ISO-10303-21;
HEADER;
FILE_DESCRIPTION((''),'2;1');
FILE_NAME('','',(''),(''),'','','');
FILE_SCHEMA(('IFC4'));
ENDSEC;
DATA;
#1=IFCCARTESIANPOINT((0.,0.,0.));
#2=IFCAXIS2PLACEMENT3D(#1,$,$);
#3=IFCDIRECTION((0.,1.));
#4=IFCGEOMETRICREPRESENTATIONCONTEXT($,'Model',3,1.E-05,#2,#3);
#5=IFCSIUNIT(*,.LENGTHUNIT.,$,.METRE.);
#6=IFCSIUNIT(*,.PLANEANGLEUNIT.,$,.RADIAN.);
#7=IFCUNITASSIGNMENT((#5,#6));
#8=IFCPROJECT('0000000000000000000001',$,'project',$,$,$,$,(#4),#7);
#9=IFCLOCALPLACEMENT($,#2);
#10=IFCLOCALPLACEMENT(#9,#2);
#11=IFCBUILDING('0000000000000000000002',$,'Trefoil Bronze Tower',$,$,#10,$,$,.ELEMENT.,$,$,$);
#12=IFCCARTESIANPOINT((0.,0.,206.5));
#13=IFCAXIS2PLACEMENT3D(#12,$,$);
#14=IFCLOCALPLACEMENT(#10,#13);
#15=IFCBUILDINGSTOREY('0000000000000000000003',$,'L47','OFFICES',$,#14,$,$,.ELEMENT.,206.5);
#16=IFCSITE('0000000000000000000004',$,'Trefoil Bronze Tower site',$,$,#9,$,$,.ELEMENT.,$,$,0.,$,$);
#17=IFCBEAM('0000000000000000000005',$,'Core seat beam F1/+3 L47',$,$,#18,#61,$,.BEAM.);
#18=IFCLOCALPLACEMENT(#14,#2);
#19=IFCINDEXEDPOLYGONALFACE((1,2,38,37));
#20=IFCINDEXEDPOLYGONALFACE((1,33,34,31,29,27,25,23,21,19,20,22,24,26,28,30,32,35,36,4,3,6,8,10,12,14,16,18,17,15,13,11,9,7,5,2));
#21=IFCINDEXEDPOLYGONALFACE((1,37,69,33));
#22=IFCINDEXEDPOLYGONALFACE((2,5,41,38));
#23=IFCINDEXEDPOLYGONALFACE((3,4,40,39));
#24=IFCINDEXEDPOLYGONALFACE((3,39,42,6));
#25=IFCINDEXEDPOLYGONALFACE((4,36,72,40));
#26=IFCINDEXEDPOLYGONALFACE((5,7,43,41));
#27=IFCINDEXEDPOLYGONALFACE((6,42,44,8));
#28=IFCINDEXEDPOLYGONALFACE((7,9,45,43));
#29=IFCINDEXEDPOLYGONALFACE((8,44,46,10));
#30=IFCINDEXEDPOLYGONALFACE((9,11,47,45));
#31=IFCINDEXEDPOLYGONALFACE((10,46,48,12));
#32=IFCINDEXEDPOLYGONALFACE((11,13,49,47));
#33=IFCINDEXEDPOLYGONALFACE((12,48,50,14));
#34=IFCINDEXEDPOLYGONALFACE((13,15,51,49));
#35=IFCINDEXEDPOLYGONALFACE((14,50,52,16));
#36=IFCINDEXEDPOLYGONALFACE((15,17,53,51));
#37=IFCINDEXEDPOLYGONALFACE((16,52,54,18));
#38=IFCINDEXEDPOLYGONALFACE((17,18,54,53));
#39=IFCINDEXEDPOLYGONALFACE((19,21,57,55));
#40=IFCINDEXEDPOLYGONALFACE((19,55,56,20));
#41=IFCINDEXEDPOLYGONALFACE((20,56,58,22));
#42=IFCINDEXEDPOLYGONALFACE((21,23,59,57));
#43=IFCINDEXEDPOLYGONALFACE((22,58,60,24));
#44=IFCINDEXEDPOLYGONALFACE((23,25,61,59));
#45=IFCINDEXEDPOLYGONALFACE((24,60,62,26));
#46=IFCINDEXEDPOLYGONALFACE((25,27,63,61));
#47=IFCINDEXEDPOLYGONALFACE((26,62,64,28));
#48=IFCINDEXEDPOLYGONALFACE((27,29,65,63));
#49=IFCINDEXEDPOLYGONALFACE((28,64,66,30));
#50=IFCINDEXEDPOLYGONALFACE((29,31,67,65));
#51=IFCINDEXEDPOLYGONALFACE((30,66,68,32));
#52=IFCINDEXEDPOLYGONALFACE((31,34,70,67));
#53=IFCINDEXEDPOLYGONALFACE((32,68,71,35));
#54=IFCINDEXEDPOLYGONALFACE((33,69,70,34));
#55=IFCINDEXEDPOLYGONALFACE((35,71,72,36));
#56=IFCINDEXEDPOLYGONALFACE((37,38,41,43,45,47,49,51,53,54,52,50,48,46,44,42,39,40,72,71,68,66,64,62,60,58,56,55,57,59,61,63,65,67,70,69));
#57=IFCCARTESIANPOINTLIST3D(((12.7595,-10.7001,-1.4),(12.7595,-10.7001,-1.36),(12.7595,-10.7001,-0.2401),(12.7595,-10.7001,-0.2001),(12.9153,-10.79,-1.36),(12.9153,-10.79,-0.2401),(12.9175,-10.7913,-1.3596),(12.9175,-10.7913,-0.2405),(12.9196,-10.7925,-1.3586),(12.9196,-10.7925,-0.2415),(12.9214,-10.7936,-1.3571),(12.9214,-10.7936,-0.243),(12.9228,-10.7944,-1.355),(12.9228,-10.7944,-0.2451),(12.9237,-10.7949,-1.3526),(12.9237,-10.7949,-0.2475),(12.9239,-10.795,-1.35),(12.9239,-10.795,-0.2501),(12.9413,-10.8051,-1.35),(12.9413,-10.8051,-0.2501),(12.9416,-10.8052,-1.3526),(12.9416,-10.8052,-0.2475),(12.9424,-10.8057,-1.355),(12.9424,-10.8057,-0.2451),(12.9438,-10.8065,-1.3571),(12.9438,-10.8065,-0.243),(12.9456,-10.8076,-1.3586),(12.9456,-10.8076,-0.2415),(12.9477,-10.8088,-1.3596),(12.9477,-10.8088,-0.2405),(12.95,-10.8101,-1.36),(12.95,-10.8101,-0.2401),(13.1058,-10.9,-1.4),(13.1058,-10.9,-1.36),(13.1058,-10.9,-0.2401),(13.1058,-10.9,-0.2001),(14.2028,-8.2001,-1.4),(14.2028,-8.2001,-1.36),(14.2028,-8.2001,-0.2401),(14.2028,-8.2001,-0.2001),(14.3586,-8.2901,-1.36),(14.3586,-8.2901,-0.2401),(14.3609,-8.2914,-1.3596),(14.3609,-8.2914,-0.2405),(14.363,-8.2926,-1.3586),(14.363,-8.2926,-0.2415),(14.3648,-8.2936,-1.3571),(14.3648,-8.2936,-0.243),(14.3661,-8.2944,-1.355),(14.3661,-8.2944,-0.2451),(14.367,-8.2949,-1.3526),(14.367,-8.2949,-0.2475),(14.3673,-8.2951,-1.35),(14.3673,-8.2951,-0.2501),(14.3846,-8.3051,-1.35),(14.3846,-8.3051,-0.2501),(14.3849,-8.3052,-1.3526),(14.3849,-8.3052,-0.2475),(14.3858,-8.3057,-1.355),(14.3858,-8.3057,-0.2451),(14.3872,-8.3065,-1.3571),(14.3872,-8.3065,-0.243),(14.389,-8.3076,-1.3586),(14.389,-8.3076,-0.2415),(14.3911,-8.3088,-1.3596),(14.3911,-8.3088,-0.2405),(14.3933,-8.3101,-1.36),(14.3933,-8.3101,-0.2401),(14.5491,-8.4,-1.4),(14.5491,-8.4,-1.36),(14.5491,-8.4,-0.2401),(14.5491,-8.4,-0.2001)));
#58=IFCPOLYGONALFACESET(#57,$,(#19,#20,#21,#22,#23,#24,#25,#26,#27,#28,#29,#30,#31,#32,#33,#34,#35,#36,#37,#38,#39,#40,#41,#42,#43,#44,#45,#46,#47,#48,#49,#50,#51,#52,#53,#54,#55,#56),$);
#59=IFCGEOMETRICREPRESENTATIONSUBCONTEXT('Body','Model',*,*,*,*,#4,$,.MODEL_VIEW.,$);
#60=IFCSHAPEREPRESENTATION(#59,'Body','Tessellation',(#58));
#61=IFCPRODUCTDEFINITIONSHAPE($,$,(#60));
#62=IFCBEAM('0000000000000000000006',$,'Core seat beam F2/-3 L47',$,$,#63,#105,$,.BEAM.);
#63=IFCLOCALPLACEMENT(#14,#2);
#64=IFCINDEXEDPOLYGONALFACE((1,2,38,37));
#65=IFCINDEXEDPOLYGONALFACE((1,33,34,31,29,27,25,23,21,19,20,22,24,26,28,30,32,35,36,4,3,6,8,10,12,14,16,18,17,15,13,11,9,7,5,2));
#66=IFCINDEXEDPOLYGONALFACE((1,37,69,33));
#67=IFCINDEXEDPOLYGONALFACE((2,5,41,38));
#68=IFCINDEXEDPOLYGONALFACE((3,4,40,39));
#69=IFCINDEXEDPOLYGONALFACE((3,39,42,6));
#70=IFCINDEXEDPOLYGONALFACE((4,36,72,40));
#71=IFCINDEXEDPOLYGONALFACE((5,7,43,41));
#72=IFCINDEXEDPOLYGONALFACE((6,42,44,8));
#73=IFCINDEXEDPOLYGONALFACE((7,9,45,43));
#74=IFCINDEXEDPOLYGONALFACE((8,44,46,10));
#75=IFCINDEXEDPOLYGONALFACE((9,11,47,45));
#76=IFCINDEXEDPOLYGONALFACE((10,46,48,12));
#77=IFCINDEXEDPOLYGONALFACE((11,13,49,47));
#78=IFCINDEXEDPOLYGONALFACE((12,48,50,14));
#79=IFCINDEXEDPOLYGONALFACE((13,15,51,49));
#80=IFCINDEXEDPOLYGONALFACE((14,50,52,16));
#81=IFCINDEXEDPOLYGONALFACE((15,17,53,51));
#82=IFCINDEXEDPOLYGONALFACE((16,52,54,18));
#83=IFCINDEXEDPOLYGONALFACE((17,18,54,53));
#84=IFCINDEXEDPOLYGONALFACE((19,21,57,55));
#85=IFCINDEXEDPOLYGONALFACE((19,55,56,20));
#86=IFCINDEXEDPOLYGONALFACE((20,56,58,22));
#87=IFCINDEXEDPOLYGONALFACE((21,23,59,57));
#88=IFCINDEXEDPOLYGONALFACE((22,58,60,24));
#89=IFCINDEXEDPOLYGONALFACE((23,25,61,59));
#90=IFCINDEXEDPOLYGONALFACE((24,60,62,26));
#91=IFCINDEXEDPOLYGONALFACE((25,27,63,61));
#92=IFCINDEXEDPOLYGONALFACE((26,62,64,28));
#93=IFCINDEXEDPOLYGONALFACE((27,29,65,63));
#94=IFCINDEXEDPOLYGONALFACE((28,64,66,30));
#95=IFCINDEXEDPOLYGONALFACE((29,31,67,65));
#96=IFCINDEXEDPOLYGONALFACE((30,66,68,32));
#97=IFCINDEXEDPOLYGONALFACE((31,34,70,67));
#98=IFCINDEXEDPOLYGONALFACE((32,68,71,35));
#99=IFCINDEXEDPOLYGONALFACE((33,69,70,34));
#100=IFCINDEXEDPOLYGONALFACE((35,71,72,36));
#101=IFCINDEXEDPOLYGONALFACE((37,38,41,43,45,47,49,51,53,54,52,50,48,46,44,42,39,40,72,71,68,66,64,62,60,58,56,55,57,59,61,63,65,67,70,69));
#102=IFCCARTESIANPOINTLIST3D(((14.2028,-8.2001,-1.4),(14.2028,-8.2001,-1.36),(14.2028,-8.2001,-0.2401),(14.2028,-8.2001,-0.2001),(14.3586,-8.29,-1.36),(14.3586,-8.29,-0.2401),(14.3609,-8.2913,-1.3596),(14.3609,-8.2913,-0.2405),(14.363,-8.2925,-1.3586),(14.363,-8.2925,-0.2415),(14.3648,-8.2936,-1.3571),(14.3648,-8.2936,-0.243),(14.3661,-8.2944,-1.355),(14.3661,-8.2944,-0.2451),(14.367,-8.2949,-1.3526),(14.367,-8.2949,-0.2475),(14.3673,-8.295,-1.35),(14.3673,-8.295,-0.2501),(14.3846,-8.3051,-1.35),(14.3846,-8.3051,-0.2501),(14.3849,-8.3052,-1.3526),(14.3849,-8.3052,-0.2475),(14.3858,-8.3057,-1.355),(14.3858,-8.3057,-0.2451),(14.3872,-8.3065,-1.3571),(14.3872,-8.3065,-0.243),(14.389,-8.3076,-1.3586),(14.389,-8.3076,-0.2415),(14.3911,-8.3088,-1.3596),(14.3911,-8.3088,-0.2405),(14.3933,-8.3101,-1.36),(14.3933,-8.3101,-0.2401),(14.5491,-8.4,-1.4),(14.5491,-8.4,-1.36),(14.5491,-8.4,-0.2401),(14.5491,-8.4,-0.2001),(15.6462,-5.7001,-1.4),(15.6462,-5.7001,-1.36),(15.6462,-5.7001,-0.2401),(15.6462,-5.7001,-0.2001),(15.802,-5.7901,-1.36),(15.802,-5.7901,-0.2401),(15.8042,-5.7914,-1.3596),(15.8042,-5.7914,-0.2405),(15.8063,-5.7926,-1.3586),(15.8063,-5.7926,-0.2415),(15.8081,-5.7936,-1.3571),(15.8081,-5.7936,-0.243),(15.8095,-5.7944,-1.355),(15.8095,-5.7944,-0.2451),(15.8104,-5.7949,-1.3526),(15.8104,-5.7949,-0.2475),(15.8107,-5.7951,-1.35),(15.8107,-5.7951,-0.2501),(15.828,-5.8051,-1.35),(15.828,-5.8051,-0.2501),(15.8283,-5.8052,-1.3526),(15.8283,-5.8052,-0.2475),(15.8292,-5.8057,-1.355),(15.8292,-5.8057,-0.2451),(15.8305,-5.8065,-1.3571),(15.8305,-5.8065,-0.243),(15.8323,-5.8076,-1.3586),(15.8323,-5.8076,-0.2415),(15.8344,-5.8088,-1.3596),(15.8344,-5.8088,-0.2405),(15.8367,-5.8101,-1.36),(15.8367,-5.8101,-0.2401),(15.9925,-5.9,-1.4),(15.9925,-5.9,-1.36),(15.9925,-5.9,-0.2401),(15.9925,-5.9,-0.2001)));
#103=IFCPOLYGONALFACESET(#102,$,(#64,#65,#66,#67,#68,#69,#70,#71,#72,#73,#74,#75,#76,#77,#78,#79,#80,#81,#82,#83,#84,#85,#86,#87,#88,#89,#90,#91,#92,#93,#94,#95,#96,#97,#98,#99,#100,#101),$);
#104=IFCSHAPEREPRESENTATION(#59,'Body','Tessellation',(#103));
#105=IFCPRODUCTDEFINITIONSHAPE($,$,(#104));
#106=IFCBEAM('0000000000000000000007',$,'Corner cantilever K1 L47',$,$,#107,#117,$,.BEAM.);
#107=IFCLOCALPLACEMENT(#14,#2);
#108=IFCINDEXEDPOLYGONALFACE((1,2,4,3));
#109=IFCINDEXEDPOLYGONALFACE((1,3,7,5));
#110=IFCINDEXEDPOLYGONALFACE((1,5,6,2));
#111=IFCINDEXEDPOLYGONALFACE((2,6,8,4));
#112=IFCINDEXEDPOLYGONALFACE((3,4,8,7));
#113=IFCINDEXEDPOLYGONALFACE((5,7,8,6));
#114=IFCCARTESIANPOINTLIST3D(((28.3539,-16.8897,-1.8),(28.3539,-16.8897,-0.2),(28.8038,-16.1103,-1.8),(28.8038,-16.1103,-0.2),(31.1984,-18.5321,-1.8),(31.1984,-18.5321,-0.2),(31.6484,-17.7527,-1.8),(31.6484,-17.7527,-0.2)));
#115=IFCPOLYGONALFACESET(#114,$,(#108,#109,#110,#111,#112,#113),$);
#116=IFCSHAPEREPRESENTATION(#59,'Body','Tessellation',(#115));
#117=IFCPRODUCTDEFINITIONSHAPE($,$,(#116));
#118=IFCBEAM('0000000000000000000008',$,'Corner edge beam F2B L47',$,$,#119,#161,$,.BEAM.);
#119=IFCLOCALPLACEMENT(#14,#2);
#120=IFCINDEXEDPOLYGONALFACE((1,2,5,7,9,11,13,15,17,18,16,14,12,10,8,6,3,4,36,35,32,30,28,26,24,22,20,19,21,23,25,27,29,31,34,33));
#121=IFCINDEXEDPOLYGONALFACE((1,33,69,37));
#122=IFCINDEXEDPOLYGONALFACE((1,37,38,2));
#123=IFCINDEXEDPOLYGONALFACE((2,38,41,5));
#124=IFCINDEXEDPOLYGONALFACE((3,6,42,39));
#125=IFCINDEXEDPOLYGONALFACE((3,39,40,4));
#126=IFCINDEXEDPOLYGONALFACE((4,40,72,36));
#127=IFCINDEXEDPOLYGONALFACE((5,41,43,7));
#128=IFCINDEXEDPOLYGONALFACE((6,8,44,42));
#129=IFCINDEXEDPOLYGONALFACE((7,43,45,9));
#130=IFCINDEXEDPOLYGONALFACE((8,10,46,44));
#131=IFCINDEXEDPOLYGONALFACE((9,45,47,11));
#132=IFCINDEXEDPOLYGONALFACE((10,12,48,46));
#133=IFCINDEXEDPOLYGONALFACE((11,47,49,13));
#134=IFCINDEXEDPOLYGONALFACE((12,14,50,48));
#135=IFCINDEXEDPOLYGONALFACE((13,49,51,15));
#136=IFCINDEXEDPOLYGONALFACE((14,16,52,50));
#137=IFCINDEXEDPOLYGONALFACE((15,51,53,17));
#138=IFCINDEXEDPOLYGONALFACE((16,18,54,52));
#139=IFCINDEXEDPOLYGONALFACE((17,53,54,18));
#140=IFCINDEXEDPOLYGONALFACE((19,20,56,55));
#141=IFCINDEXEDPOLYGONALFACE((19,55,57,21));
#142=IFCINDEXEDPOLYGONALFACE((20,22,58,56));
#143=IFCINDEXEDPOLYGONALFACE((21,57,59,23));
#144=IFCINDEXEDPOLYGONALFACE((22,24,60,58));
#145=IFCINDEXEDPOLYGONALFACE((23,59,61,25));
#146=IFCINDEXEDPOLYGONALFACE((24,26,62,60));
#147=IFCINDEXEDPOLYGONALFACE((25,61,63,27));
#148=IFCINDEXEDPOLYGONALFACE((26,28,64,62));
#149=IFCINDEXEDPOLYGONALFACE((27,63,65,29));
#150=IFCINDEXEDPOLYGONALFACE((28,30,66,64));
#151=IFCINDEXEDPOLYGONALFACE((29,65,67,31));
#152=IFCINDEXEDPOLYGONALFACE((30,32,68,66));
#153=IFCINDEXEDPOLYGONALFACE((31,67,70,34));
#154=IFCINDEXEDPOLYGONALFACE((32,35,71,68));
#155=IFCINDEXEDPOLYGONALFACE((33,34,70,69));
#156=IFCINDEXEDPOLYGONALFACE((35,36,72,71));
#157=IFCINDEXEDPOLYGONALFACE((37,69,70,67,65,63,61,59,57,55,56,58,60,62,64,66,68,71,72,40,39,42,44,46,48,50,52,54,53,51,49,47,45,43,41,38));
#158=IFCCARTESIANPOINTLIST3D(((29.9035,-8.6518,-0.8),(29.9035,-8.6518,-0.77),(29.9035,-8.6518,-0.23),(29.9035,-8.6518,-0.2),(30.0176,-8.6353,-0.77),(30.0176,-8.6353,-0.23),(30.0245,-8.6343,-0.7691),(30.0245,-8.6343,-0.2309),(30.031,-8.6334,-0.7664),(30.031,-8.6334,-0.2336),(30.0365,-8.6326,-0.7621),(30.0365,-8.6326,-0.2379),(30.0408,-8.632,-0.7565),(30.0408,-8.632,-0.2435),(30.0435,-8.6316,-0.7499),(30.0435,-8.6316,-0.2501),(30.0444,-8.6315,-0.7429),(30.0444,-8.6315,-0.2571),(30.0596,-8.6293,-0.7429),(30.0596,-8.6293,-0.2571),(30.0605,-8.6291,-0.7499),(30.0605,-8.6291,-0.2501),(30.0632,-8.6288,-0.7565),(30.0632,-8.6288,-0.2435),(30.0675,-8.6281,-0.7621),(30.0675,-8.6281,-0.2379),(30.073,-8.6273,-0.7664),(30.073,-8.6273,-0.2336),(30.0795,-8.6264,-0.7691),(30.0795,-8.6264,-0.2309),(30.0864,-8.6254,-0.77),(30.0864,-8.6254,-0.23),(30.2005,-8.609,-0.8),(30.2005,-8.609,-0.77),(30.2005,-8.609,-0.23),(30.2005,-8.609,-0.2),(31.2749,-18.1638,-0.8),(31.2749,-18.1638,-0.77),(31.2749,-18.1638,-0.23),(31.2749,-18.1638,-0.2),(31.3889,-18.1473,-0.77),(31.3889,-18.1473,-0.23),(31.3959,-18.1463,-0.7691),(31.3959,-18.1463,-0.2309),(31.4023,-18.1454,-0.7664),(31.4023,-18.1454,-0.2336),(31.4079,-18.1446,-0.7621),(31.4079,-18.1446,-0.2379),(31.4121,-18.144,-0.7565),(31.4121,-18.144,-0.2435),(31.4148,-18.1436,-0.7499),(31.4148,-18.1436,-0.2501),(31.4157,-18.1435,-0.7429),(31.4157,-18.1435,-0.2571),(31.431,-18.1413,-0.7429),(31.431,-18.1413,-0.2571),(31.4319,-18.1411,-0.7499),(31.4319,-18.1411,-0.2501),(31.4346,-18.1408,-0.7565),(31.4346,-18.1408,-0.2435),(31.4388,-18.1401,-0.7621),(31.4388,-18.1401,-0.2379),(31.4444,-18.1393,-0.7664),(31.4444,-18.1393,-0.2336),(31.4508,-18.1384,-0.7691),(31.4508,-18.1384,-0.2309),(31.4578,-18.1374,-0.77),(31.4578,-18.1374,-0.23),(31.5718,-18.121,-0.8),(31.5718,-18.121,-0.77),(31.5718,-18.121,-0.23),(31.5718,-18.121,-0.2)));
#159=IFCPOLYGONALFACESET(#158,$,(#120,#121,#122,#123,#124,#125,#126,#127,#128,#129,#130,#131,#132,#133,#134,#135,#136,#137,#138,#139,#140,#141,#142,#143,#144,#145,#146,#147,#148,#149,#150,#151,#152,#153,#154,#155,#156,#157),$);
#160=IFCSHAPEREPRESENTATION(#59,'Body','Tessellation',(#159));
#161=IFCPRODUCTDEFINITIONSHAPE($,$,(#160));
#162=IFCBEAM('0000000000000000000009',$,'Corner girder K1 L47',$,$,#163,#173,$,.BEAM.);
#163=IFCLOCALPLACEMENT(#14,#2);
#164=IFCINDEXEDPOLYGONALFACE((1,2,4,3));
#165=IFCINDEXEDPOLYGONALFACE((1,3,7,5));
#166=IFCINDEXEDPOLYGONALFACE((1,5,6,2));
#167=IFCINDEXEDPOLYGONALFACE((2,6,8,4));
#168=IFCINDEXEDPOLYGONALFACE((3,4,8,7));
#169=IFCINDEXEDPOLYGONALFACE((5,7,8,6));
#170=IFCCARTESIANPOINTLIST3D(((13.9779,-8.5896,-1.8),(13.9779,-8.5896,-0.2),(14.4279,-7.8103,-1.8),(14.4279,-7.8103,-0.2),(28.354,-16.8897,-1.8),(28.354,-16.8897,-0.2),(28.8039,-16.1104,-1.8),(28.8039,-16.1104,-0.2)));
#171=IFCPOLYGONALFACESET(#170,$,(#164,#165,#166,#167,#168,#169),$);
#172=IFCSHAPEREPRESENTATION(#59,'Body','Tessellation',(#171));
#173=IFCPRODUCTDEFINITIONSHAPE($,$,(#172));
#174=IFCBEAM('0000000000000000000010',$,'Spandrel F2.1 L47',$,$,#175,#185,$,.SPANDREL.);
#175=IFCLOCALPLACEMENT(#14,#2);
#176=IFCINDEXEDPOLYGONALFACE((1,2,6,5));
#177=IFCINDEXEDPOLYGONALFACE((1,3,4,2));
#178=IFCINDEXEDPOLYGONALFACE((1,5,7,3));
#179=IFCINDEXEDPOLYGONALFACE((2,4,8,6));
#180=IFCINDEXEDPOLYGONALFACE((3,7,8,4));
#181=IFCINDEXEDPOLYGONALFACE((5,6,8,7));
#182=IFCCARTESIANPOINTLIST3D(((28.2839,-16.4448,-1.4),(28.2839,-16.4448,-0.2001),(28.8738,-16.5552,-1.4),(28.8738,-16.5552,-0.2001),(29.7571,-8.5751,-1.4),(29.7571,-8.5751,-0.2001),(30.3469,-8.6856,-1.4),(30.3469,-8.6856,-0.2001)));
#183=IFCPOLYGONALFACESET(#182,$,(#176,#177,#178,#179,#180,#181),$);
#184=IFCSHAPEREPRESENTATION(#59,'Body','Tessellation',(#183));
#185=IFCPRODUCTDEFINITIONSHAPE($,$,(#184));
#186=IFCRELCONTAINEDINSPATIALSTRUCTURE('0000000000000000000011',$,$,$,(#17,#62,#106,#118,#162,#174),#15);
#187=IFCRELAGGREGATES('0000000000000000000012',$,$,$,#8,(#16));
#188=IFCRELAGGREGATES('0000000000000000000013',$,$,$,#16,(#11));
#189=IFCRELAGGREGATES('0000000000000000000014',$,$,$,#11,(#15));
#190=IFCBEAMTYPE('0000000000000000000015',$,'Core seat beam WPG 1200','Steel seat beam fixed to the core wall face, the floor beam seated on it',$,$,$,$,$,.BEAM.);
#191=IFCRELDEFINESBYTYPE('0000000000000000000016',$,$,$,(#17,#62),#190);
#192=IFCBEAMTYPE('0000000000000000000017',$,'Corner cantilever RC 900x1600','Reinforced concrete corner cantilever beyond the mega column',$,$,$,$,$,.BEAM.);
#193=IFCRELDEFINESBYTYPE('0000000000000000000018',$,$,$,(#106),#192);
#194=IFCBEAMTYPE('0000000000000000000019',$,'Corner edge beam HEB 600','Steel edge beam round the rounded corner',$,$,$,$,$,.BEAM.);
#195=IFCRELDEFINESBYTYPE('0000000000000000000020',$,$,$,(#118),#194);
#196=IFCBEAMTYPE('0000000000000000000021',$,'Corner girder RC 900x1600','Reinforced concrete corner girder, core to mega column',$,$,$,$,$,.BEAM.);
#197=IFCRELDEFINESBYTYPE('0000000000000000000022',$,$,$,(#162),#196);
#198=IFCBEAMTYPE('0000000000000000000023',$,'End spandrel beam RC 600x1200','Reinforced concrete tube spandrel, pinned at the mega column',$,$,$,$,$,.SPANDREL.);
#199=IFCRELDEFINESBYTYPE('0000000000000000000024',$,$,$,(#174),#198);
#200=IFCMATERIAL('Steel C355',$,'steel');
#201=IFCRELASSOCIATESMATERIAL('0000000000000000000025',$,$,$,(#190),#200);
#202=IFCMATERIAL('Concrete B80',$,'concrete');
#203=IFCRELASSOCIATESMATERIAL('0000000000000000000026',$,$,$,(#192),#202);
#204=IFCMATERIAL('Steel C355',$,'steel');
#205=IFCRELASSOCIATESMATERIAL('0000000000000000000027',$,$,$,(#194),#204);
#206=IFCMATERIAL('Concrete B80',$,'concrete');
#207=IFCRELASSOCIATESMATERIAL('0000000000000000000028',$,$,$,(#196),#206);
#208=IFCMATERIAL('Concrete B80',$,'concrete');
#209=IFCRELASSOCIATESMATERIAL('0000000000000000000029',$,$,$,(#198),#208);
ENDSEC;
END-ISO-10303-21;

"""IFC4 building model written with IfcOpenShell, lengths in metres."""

from ifc_helpers import new_model, si_unit, direction, frame, origin, origin_2d, place, context, subcontext, project, spatial, rectangle, i_section, extrude, material, material_profile, profile_set, type_object, element, save


model = new_model("IFC4")

# Units and contexts
model_context = context("Model", 3, precision=1e-05, world=origin(), true_north=direction((0.0, 1.0)))
body_context = subcontext(model_context, "Body", "Model", "MODEL_VIEW")
ifc_project = project(units=[si_unit("LENGTHUNIT", "METRE"), si_unit("PLANEANGLEUNIT", "RADIAN")], contexts=[model_context])

# Site, building, storey
site_placement = place(None, origin())
site = spatial("IfcSite", under=ifc_project, at=site_placement, Name="Trefoil Bronze Tower site", CompositionType="ELEMENT", RefElevation=0.0)
building_placement = place(site_placement, origin())
building = spatial("IfcBuilding", under=site, at=building_placement, Name="Trefoil Bronze Tower", CompositionType="ELEMENT")
storey_placement = place(building_placement, frame((0.0, 0.0, 206.5)))
storey = spatial("IfcBuildingStorey", under=building, at=storey_placement, Name="L47", Description="OFFICES", CompositionType="ELEMENT", Elevation=206.5)

# Beams
ifc_material_1 = material(Name="Steel C355", Category="steel")
ifc_material_profile_1 = material_profile(ifc_material_1, i_section(OverallWidth=0.3999, OverallDepth=1.2, WebThickness=0.02, FlangeThickness=0.04, FilletRadius=0.01, at=origin_2d()), Name="WPG 1200")
ifc_profile_set_1 = profile_set([ifc_material_profile_1], Name="Steel C355")
beam_type_1 = type_object("IfcBeamType", Name="Core seat beam WPG 1200", Description="Steel seat beam fixed to the core wall face, the floor beam seated on it", PredefinedType="BEAM", material=ifc_profile_set_1)
for number, where, z_axis, x_axis, name in (
    (1, (12.9326, -10.8, -0.8), (0.499996, 0.866028, 0.0), (-0.866028, 0.499996, 0.0), "Core seat beam F1/+3 L47"),
    (2, (14.376, -8.3, -0.8), (0.499996, 0.866028, 0.0), (-0.866028, 0.499996, 0.0), "Core seat beam F2/-3 L47"),
):
    element("IfcBeam", number, at=place(storey_placement, frame(where, z_axis=z_axis, x_axis=x_axis)), inside=storey, type_object=beam_type_1, Name=name, PredefinedType="BEAM", context=body_context, shape_type="SweptSolid", body=[
        extrude(i_section(OverallWidth=0.3999, OverallDepth=1.2, WebThickness=0.02, FlangeThickness=0.04, FilletRadius=0.01, at=origin_2d()), origin(), (0.0, 0.0, 1.0), 2.8867),
    ])
ifc_material_2 = material(Name="Concrete B80", Category="concrete")
ifc_material_profile_2 = material_profile(ifc_material_2, rectangle(XDim=0.8999, YDim=1.6001, at=origin_2d()), Name="RC 900x1600")
ifc_profile_set_2 = profile_set([ifc_material_profile_2], Name="Concrete B80")
beam_type_2 = type_object("IfcBeamType", Name="Corner cantilever RC 900x1600", Description="Reinforced concrete corner cantilever beyond the mega column", PredefinedType="BEAM", material=ifc_profile_set_2)
beam_1_placement = place(storey_placement, frame((28.5789, -16.5, -1.0), z_axis=(0.866016, -0.500016, 0.0), x_axis=(0.500016, 0.866016, 0.0)))
element("IfcBeam", 3, at=beam_1_placement, inside=storey, type_object=beam_type_2, Name="Corner cantilever K1 L47", PredefinedType="BEAM", context=body_context, shape_type="SweptSolid", body=[
    extrude(rectangle(XDim=0.8999, YDim=1.6001, at=origin_2d()), origin(), (0.0, 0.0, 1.0), 3.2847),
])
ifc_material_3 = material(Name="Steel C355", Category="steel")
ifc_material_profile_3 = material_profile(ifc_material_3, i_section(OverallWidth=0.3, OverallDepth=0.6001, WebThickness=0.0154, FlangeThickness=0.03, FilletRadius=0.0271, at=origin_2d()), Name="HEB 600")
ifc_profile_set_3 = profile_set([ifc_material_profile_3], Name="Steel C355")
beam_type_3 = type_object("IfcBeamType", Name="Corner edge beam HEB 600", Description="Steel edge beam round the rounded corner", PredefinedType="BEAM", material=ifc_profile_set_3)
beam_2_placement = place(storey_placement, frame((30.052, -8.6304, -0.5), z_axis=(0.142694, -0.989767, 0.0), x_axis=(0.989767, 0.142694, 0.0)))
element("IfcBeam", 4, at=beam_2_placement, inside=storey, type_object=beam_type_3, Name="Corner edge beam F2B L47", PredefinedType="BEAM", context=body_context, shape_type="SweptSolid", body=[
    extrude(i_section(OverallWidth=0.3, OverallDepth=0.6001, WebThickness=0.0154, FlangeThickness=0.03, FilletRadius=0.0271, at=origin_2d()), origin(), (0.0, 0.0, 1.0), 9.6104),
])
ifc_material_4 = material(Name="Concrete B80", Category="concrete")
ifc_material_profile_4 = material_profile(ifc_material_4, rectangle(XDim=0.8999, YDim=1.6001, at=origin_2d()), Name="RC 900x1600")
ifc_profile_set_4 = profile_set([ifc_material_profile_4], Name="Concrete B80")
beam_type_4 = type_object("IfcBeamType", Name="Corner girder RC 900x1600", Description="Reinforced concrete corner girder, core to mega column", PredefinedType="BEAM", material=ifc_profile_set_4)
beam_3_placement = place(storey_placement, frame((14.2029, -8.2, -1.0), z_axis=(0.866023, -0.500003, 0.0), x_axis=(0.500003, 0.866023, 0.0)))
element("IfcBeam", 5, at=beam_3_placement, inside=storey, type_object=beam_type_4, Name="Corner girder K1 L47", PredefinedType="BEAM", context=body_context, shape_type="SweptSolid", body=[
    extrude(rectangle(XDim=0.8999, YDim=1.6001, at=origin_2d()), origin(), (0.0, 0.0, 1.0), 16.6001),
])
ifc_material_5 = material(Name="Concrete B80", Category="concrete")
ifc_material_profile_5 = material_profile(ifc_material_5, rectangle(XDim=0.6001, YDim=1.2, at=origin_2d()), Name="RC 600x1200")
ifc_profile_set_5 = profile_set([ifc_material_profile_5], Name="Concrete B80")
beam_type_5 = type_object("IfcBeamType", Name="End spandrel beam RC 600x1200", Description="Reinforced concrete tube spandrel, pinned at the mega column", PredefinedType="SPANDREL", material=ifc_profile_set_5)
beam_4_placement = place(storey_placement, frame((28.5789, -16.5, -0.8), z_axis=(0.183998, 0.982927, 0.0), x_axis=(-0.982927, 0.183998, 0.0)))
element("IfcBeam", 6, at=beam_4_placement, inside=storey, type_object=beam_type_5, Name="Spandrel F2.1 L47", PredefinedType="SPANDREL", context=body_context, shape_type="SweptSolid", body=[
    extrude(rectangle(XDim=0.6001, YDim=1.2, at=origin_2d()), origin(), (0.0, 0.0, 1.0), 8.0063),
])

save(model, "model.ifc")
